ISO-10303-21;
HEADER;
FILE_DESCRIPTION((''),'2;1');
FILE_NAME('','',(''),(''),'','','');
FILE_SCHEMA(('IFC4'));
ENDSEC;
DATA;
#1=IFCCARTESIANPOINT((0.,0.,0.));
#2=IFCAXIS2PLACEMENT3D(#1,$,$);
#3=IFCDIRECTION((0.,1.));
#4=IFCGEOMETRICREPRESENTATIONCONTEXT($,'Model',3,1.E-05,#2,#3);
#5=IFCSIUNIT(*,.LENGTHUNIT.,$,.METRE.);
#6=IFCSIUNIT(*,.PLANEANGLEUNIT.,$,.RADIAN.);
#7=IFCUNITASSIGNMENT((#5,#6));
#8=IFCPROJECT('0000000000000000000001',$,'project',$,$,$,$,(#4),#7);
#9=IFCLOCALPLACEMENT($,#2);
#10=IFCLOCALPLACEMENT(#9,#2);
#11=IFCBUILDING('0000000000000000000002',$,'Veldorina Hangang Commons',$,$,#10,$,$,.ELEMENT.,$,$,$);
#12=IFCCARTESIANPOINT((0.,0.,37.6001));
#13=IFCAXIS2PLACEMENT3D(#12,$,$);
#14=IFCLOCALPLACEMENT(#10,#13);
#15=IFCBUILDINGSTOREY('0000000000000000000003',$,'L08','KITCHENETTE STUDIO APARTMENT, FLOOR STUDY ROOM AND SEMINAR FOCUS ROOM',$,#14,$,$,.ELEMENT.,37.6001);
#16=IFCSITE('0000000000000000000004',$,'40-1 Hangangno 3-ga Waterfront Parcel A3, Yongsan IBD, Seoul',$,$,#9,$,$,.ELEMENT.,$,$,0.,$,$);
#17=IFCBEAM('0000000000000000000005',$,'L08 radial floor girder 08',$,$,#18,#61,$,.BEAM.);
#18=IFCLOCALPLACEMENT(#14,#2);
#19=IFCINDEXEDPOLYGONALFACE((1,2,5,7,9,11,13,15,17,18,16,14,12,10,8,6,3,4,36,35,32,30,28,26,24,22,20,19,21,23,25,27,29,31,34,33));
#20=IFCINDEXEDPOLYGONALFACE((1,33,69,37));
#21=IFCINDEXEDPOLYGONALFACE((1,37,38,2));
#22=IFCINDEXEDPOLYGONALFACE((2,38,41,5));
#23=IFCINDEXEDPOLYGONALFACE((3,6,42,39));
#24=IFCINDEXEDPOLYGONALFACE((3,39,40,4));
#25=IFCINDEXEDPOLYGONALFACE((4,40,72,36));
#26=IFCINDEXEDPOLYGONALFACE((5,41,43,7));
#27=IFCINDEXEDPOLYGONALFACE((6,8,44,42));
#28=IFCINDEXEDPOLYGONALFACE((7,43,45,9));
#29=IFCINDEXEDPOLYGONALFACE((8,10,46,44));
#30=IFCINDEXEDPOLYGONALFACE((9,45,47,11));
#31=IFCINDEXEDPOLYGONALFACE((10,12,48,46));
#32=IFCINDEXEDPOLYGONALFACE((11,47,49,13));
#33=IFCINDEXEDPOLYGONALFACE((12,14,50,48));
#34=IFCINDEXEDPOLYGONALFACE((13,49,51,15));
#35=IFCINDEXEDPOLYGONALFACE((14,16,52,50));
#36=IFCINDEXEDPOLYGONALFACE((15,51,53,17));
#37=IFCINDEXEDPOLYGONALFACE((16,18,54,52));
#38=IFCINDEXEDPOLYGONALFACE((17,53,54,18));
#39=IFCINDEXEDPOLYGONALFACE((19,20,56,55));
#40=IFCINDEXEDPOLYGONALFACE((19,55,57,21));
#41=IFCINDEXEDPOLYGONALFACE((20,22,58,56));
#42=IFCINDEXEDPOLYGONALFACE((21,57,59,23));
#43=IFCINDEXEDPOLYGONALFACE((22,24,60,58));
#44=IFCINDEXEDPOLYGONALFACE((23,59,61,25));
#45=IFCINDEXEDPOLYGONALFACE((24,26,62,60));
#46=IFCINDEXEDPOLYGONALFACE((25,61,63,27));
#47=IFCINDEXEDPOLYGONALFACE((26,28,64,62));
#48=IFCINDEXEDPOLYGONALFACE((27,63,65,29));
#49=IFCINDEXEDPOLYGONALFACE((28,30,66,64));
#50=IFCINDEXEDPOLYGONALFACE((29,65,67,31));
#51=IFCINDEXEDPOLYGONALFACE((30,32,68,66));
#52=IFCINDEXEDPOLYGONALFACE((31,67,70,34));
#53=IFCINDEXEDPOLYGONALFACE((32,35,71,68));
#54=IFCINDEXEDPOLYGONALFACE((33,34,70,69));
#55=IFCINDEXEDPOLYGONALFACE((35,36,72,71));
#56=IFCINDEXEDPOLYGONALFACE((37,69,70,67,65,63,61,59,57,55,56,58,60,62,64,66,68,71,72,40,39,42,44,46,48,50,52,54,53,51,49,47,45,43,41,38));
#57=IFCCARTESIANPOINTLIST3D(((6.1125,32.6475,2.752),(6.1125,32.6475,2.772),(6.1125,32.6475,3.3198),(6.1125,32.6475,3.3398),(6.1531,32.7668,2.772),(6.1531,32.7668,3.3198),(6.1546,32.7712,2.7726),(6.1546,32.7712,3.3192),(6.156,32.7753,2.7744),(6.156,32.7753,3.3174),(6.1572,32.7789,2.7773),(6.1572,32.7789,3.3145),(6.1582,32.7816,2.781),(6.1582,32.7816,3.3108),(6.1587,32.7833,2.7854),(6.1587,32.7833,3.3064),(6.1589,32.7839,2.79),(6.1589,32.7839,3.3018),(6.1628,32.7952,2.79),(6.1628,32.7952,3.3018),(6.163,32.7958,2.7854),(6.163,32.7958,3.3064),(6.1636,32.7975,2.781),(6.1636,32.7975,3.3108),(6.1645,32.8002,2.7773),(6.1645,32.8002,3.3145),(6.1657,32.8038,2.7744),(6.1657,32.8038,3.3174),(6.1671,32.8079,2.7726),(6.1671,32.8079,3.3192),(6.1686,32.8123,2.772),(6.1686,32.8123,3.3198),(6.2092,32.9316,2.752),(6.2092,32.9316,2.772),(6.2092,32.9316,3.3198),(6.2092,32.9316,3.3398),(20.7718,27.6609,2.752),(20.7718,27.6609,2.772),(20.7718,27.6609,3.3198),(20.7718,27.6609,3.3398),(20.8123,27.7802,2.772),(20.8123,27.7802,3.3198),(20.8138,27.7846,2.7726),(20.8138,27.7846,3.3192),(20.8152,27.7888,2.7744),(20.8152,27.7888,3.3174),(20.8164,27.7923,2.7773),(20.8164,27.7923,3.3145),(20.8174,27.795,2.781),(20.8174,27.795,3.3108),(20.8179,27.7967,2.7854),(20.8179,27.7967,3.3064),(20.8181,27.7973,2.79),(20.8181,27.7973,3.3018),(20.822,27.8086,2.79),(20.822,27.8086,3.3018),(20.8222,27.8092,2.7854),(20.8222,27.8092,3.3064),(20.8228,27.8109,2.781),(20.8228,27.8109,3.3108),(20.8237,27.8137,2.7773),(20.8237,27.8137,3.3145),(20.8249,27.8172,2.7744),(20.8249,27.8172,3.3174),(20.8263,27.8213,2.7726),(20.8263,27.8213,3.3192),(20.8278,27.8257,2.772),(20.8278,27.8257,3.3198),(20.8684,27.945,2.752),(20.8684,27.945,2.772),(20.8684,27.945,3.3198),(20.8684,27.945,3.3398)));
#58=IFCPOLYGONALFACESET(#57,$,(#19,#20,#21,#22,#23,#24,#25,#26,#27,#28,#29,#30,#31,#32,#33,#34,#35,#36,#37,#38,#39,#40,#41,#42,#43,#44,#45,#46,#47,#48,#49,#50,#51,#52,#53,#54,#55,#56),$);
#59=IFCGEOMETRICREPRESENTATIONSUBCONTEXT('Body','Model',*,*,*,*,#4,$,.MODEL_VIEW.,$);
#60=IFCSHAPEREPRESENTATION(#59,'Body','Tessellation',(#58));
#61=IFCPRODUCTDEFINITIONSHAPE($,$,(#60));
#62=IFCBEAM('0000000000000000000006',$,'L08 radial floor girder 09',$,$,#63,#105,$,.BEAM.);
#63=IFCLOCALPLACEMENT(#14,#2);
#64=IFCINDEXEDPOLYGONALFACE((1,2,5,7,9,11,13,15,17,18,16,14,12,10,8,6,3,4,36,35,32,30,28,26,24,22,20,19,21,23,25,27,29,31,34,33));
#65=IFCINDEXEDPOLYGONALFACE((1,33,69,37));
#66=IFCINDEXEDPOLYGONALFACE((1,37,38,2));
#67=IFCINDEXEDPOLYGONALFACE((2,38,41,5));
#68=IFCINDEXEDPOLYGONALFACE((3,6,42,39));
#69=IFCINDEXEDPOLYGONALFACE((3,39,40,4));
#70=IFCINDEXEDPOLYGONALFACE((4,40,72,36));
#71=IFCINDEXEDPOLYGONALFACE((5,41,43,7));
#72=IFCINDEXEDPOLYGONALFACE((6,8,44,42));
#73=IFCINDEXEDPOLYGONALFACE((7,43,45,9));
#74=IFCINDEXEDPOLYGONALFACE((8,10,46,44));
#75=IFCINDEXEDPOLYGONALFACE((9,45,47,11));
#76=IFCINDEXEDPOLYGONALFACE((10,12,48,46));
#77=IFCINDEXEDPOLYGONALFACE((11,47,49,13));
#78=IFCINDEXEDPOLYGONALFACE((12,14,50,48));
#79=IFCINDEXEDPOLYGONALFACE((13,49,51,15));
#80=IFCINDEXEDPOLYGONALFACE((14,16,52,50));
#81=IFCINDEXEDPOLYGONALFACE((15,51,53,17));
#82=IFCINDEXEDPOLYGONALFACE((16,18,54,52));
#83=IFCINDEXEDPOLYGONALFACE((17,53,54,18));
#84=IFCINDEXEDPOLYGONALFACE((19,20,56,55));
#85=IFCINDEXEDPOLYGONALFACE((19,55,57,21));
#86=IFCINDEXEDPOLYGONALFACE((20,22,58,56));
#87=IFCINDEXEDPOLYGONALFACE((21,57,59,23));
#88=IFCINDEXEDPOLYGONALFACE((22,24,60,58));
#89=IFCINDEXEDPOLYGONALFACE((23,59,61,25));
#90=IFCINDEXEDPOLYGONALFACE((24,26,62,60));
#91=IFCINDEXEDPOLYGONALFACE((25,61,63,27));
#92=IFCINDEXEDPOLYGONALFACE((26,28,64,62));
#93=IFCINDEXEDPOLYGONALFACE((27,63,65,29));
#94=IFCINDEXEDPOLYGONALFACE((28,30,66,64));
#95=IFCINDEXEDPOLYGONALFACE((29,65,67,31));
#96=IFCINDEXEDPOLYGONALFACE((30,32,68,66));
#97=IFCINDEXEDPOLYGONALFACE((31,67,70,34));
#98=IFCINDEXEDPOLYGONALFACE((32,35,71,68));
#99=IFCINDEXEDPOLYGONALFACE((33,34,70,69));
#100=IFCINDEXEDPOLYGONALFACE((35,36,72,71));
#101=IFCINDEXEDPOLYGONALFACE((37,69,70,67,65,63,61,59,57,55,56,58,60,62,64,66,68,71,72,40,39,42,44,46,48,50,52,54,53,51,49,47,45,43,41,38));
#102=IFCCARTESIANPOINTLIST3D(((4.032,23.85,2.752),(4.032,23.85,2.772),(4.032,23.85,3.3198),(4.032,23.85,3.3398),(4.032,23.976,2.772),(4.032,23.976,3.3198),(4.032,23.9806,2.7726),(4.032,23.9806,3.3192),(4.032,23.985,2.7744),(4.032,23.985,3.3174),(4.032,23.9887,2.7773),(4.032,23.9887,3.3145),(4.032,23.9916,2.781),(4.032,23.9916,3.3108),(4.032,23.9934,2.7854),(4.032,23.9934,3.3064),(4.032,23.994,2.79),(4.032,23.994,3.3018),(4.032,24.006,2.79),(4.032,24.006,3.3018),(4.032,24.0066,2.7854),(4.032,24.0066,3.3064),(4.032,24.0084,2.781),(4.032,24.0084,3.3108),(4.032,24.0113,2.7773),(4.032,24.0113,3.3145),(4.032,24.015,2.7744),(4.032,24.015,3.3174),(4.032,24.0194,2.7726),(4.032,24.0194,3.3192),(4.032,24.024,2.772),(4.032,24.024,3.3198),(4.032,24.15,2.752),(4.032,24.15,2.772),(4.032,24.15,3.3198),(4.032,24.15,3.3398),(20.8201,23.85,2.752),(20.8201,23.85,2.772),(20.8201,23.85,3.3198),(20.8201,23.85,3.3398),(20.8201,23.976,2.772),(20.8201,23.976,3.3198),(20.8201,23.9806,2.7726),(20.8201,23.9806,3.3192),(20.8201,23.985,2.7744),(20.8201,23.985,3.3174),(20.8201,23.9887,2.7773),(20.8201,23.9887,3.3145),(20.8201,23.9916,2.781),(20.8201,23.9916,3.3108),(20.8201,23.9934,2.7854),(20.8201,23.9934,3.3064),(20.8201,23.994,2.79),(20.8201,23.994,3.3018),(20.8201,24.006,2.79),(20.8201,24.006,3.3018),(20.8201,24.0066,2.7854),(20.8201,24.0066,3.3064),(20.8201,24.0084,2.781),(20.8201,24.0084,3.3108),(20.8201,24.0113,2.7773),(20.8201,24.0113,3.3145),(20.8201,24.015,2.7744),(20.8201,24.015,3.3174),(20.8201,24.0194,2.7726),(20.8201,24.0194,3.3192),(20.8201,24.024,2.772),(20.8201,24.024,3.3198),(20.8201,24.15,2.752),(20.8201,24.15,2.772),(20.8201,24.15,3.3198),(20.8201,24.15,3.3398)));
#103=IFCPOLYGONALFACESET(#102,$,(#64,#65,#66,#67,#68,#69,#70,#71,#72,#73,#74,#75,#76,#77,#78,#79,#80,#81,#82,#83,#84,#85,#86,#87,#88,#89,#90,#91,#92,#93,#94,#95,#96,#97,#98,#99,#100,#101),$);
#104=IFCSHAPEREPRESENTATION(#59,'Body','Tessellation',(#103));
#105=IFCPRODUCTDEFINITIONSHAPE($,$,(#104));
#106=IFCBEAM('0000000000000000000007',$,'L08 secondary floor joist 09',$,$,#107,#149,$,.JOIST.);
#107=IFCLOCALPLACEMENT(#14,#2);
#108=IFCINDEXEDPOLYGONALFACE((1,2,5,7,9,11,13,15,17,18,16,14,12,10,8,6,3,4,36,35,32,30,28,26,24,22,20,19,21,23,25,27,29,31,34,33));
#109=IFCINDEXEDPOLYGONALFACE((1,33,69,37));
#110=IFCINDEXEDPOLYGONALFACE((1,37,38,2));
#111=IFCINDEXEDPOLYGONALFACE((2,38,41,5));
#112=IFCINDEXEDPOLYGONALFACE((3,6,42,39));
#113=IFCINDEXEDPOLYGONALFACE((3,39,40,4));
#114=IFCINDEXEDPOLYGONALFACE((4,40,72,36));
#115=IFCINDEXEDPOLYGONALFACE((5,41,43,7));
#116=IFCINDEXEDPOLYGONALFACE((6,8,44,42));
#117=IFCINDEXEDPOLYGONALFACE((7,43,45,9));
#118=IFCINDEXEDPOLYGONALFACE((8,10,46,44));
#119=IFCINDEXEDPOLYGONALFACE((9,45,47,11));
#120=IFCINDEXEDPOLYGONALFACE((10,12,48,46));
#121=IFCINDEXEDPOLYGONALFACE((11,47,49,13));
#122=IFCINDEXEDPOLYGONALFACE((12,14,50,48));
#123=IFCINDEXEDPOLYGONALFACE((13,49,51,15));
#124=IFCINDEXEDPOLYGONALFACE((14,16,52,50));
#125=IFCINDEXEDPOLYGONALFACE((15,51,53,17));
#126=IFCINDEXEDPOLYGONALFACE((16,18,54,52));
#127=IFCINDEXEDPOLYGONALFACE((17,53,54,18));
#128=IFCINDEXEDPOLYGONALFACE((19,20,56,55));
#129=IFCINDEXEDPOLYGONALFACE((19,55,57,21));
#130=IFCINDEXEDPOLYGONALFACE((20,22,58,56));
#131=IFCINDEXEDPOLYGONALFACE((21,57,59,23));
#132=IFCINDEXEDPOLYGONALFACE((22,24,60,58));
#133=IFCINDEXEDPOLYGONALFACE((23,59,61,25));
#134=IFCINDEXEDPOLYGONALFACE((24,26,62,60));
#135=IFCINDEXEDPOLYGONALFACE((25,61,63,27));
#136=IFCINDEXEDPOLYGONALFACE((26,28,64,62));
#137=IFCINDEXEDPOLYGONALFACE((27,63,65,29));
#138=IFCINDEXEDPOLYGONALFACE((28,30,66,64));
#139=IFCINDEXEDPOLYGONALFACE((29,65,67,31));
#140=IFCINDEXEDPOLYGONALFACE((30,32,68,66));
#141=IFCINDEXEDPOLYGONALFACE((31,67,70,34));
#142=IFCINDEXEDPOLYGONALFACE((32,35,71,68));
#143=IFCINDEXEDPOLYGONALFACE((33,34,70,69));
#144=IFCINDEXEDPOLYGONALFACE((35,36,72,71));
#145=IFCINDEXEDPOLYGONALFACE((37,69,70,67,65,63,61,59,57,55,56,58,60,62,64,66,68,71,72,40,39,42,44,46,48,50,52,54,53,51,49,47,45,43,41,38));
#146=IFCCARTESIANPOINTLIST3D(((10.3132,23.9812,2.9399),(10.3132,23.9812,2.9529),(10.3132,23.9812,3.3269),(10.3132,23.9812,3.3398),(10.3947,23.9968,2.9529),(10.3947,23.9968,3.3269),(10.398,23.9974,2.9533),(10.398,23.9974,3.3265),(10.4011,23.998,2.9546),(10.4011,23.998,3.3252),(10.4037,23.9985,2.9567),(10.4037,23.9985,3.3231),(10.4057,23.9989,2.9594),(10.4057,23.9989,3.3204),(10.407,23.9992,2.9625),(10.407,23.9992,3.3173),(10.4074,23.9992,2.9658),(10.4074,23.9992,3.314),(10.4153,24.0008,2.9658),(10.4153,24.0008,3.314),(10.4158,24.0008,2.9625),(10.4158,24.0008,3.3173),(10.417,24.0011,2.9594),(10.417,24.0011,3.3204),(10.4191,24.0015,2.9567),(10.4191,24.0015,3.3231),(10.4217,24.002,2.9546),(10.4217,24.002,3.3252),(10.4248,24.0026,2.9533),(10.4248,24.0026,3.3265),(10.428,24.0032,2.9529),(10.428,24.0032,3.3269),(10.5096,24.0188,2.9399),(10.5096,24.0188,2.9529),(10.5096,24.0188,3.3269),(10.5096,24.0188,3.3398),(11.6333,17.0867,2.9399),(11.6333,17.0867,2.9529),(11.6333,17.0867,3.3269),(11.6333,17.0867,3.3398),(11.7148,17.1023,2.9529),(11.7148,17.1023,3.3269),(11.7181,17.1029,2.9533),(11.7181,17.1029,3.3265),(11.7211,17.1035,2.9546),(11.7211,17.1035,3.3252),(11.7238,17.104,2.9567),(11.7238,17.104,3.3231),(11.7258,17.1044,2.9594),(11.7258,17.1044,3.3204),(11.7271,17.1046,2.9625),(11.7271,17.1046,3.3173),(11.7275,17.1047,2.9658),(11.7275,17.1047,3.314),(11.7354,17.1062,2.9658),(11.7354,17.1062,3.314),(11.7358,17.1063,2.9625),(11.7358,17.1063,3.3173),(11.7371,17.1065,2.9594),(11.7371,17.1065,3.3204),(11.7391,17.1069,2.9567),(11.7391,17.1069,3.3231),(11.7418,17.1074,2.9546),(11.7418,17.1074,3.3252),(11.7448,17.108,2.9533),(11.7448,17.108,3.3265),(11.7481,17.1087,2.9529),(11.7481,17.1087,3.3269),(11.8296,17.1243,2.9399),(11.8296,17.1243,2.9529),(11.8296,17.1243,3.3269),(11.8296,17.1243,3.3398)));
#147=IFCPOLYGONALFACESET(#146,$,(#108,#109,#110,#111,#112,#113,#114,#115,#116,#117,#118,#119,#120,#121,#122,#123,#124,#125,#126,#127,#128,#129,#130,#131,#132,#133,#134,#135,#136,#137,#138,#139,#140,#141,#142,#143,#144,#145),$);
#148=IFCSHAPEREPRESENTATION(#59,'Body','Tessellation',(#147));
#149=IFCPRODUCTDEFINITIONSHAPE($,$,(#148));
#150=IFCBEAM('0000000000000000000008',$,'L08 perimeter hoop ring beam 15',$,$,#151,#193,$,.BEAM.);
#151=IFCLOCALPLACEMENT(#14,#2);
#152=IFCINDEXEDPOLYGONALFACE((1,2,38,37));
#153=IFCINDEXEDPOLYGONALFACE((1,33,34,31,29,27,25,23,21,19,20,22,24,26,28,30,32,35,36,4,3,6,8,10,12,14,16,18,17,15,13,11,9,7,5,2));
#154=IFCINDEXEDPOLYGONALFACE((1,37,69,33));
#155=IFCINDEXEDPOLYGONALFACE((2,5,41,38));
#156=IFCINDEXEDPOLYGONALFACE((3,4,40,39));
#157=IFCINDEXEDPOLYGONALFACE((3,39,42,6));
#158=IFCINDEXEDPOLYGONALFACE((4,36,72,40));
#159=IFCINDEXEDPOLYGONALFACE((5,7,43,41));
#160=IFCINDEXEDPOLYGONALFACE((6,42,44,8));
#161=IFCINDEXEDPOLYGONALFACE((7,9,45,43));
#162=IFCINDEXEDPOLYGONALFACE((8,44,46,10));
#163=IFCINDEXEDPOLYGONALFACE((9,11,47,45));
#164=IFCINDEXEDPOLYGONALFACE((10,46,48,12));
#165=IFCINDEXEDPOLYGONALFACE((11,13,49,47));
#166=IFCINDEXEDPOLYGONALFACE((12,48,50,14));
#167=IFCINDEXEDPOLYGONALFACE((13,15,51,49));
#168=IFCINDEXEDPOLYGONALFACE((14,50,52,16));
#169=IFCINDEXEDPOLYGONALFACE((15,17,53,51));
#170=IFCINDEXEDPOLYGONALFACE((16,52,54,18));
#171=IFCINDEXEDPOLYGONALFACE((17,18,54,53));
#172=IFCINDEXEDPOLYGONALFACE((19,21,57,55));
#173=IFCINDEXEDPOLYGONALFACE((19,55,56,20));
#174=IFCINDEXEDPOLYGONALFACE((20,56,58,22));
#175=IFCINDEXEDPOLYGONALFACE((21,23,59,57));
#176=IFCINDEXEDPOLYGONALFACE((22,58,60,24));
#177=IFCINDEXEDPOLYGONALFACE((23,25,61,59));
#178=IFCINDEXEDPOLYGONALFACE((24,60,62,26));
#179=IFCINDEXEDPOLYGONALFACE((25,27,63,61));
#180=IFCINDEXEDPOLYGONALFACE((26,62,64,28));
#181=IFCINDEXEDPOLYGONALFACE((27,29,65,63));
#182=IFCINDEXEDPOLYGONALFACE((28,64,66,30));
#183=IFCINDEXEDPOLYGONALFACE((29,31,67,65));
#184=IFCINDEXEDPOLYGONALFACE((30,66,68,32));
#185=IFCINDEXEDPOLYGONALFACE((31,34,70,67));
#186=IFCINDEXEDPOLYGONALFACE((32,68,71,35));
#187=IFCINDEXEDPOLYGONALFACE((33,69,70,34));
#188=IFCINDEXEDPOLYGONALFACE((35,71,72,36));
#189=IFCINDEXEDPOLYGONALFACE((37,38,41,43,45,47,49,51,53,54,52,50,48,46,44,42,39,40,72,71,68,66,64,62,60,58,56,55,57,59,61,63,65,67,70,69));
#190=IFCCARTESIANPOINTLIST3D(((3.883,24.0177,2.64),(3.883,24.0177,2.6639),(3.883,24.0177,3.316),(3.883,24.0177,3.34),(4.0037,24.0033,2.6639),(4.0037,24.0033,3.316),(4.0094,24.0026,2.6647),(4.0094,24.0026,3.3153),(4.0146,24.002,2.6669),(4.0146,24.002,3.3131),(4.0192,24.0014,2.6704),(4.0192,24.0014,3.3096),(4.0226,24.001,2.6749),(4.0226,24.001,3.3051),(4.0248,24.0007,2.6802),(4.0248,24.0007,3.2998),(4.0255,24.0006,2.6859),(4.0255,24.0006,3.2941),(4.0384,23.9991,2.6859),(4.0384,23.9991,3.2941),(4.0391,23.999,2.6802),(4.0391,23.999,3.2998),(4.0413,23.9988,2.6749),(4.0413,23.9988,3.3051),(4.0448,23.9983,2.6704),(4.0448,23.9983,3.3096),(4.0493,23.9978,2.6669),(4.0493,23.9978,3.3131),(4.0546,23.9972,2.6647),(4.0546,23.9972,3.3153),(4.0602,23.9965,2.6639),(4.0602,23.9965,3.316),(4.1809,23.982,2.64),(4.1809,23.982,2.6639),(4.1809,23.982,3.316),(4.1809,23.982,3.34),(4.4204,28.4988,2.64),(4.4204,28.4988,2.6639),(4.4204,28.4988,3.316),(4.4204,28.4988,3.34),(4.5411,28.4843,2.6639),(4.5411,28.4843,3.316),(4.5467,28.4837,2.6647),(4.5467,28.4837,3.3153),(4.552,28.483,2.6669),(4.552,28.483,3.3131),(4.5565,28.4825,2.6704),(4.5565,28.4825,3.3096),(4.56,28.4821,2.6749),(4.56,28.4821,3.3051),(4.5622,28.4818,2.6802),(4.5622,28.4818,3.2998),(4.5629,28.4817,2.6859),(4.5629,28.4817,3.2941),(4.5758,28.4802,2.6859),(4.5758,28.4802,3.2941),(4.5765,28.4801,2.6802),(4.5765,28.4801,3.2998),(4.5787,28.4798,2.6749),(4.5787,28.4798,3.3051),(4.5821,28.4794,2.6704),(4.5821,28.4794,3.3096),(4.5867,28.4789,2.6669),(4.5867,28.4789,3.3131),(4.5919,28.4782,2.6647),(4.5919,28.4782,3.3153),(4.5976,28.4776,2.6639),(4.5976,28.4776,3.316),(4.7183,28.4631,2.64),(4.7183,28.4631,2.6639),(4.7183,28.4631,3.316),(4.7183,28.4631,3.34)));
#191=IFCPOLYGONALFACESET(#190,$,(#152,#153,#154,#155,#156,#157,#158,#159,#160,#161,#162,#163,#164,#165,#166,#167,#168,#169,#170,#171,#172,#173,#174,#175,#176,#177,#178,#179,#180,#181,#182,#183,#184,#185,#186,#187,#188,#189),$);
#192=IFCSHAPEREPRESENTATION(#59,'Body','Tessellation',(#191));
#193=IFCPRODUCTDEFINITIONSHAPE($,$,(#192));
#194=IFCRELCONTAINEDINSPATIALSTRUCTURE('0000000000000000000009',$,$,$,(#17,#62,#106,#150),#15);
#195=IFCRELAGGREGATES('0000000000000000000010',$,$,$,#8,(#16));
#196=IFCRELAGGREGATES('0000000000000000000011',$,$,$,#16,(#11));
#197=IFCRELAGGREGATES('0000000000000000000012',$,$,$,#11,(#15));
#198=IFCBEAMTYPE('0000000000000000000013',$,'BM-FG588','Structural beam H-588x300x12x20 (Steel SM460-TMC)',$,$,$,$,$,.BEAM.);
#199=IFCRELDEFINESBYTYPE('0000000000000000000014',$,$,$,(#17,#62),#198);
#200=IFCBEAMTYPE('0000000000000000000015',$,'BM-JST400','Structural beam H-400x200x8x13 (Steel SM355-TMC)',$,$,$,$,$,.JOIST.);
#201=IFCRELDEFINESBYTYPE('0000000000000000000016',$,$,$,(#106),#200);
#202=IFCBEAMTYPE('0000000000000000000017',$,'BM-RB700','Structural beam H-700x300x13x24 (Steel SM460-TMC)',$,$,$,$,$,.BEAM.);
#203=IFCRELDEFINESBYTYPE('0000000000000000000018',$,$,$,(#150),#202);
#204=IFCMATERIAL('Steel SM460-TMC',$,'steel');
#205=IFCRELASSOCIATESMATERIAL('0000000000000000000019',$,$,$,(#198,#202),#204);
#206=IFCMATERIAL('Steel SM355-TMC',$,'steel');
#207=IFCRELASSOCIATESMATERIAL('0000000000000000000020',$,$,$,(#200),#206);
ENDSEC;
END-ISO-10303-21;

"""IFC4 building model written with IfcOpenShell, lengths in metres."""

from ifc_helpers import new_model, si_unit, direction, frame, origin, origin_2d, place, context, subcontext, project, spatial, i_section, extrude, material, material_profile, profile_set, type_object, element, save


model = new_model("IFC4")

# Units and contexts
model_context = context("Model", 3, precision=1e-05, world=origin(), true_north=direction((0.0, 1.0)))
body_context = subcontext(model_context, "Body", "Model", "MODEL_VIEW")
ifc_project = project(units=[si_unit("LENGTHUNIT", "METRE"), si_unit("PLANEANGLEUNIT", "RADIAN")], contexts=[model_context])

# Site, building, storey
site_placement = place(None, origin())
site = spatial("IfcSite", under=ifc_project, at=site_placement, Name="40-1 Hangangno 3-ga Waterfront Parcel A3, Yongsan IBD, Seoul", CompositionType="ELEMENT", RefElevation=0.0)
building_placement = place(site_placement, origin())
building = spatial("IfcBuilding", under=site, at=building_placement, Name="Veldorina Hangang Commons", CompositionType="ELEMENT")
storey_placement = place(building_placement, frame((0.0, 0.0, 37.6001)))
storey = spatial("IfcBuildingStorey", under=building, at=storey_placement, Name="L08", Description="KITCHENETTE STUDIO APARTMENT, FLOOR STUDY ROOM AND SEMINAR FOCUS ROOM", CompositionType="ELEMENT", Elevation=37.6001)

# Beams
ifc_material_1 = material(Name="Steel SM460-TMC", Category="steel")
ifc_material_profile_1 = material_profile(ifc_material_1, i_section(OverallWidth=0.3, OverallDepth=0.5879, WebThickness=0.012, FlangeThickness=0.02, FilletRadius=0.0181, at=origin_2d()), Name="H-588x300x12x20")
ifc_profile_set_1 = profile_set([ifc_material_profile_1], Name="Steel SM460-TMC")
beam_type_1 = type_object("IfcBeamType", Name="BM-FG588", Description="Structural beam H-588x300x12x20 (Steel SM460-TMC)", PredefinedType="BEAM", material=ifc_profile_set_1)
beam_1_placement = place(storey_placement, frame((20.8201, 27.803, 3.0459), z_axis=(-0.946724, 0.322045, 0.0), x_axis=(-0.322045, -0.946724, 0.0)))
element("IfcBeam", 1, at=beam_1_placement, inside=storey, type_object=beam_type_1, Name="L08 radial floor girder 08", PredefinedType="BEAM", context=body_context, shape_type="SweptSolid", body=[
    extrude(i_section(OverallWidth=0.3, OverallDepth=0.5879, WebThickness=0.012, FlangeThickness=0.02, FilletRadius=0.0181, at=origin_2d()), origin(), (0.0, 0.0, 1.0), 15.4841),
])
beam_2_placement = place(storey_placement, frame((20.8201, 24.0, 3.0459), z_axis=(-1.0, 0.0, 0.0), x_axis=(0.0, -1.0, 0.0)))
element("IfcBeam", 2, at=beam_2_placement, inside=storey, type_object=beam_type_1, Name="L08 radial floor girder 09", PredefinedType="BEAM", context=body_context, shape_type="SweptSolid", body=[
    extrude(i_section(OverallWidth=0.3, OverallDepth=0.5879, WebThickness=0.012, FlangeThickness=0.02, FilletRadius=0.0181, at=origin_2d()), origin(), (0.0, 0.0, 1.0), 16.7881),
])
ifc_material_2 = material(Name="Steel SM355-TMC", Category="steel")
ifc_material_profile_2 = material_profile(ifc_material_2, i_section(OverallWidth=0.2, OverallDepth=0.3999, WebThickness=0.0081, FlangeThickness=0.0129, FilletRadius=0.0129, at=origin_2d()), Name="H-400x200x8x13")
ifc_profile_set_2 = profile_set([ifc_material_profile_2], Name="Steel SM355-TMC")
beam_type_2 = type_object("IfcBeamType", Name="BM-JST400", Description="Structural beam H-400x200x8x13 (Steel SM355-TMC)", PredefinedType="JOIST", material=ifc_profile_set_2)
beam_3_placement = place(storey_placement, frame((10.4114, 24.0, 3.1399), z_axis=(0.18805, -0.982159, 0.0), x_axis=(0.982159, 0.18805, 0.0)))
element("IfcBeam", 3, at=beam_3_placement, inside=storey, type_object=beam_type_2, Name="L08 secondary floor joist 09", PredefinedType="JOIST", context=body_context, shape_type="SweptSolid", body=[
    extrude(i_section(OverallWidth=0.2, OverallDepth=0.3999, WebThickness=0.0081, FlangeThickness=0.0129, FilletRadius=0.0129, at=origin_2d()), origin(), (0.0, 0.0, 1.0), 7.0198),
])
ifc_material_profile_3 = material_profile(ifc_material_1, i_section(OverallWidth=0.3, OverallDepth=0.7, WebThickness=0.0129, FlangeThickness=0.0239, FilletRadius=0.022, at=origin_2d()), Name="H-700x300x13x24")
ifc_profile_set_3 = profile_set([ifc_material_profile_3], Name="Steel SM460-TMC")
beam_type_3 = type_object("IfcBeamType", Name="BM-RB700", Description="Structural beam H-700x300x13x24 (Steel SM460-TMC)", PredefinedType="BEAM", material=ifc_profile_set_3)
for number, where, z_axis, x_axis, name in (
    (4, (4.5693, 28.481, 2.99), (-0.119066, -0.992886, 0.0), (0.992886, -0.119066, 0.0), "L08 perimeter hoop ring beam 15"),
):
    element("IfcBeam", number, at=place(storey_placement, frame(where, z_axis=z_axis, x_axis=x_axis)), inside=storey, type_object=beam_type_3, Name=name, PredefinedType="BEAM", context=body_context, shape_type="SweptSolid", body=[
        extrude(i_section(OverallWidth=0.3, OverallDepth=0.7, WebThickness=0.0129, FlangeThickness=0.0239, FilletRadius=0.022, at=origin_2d()), origin(), (0.0, 0.0, 1.0), 4.5132),
    ])

save(model, "model.ifc")
